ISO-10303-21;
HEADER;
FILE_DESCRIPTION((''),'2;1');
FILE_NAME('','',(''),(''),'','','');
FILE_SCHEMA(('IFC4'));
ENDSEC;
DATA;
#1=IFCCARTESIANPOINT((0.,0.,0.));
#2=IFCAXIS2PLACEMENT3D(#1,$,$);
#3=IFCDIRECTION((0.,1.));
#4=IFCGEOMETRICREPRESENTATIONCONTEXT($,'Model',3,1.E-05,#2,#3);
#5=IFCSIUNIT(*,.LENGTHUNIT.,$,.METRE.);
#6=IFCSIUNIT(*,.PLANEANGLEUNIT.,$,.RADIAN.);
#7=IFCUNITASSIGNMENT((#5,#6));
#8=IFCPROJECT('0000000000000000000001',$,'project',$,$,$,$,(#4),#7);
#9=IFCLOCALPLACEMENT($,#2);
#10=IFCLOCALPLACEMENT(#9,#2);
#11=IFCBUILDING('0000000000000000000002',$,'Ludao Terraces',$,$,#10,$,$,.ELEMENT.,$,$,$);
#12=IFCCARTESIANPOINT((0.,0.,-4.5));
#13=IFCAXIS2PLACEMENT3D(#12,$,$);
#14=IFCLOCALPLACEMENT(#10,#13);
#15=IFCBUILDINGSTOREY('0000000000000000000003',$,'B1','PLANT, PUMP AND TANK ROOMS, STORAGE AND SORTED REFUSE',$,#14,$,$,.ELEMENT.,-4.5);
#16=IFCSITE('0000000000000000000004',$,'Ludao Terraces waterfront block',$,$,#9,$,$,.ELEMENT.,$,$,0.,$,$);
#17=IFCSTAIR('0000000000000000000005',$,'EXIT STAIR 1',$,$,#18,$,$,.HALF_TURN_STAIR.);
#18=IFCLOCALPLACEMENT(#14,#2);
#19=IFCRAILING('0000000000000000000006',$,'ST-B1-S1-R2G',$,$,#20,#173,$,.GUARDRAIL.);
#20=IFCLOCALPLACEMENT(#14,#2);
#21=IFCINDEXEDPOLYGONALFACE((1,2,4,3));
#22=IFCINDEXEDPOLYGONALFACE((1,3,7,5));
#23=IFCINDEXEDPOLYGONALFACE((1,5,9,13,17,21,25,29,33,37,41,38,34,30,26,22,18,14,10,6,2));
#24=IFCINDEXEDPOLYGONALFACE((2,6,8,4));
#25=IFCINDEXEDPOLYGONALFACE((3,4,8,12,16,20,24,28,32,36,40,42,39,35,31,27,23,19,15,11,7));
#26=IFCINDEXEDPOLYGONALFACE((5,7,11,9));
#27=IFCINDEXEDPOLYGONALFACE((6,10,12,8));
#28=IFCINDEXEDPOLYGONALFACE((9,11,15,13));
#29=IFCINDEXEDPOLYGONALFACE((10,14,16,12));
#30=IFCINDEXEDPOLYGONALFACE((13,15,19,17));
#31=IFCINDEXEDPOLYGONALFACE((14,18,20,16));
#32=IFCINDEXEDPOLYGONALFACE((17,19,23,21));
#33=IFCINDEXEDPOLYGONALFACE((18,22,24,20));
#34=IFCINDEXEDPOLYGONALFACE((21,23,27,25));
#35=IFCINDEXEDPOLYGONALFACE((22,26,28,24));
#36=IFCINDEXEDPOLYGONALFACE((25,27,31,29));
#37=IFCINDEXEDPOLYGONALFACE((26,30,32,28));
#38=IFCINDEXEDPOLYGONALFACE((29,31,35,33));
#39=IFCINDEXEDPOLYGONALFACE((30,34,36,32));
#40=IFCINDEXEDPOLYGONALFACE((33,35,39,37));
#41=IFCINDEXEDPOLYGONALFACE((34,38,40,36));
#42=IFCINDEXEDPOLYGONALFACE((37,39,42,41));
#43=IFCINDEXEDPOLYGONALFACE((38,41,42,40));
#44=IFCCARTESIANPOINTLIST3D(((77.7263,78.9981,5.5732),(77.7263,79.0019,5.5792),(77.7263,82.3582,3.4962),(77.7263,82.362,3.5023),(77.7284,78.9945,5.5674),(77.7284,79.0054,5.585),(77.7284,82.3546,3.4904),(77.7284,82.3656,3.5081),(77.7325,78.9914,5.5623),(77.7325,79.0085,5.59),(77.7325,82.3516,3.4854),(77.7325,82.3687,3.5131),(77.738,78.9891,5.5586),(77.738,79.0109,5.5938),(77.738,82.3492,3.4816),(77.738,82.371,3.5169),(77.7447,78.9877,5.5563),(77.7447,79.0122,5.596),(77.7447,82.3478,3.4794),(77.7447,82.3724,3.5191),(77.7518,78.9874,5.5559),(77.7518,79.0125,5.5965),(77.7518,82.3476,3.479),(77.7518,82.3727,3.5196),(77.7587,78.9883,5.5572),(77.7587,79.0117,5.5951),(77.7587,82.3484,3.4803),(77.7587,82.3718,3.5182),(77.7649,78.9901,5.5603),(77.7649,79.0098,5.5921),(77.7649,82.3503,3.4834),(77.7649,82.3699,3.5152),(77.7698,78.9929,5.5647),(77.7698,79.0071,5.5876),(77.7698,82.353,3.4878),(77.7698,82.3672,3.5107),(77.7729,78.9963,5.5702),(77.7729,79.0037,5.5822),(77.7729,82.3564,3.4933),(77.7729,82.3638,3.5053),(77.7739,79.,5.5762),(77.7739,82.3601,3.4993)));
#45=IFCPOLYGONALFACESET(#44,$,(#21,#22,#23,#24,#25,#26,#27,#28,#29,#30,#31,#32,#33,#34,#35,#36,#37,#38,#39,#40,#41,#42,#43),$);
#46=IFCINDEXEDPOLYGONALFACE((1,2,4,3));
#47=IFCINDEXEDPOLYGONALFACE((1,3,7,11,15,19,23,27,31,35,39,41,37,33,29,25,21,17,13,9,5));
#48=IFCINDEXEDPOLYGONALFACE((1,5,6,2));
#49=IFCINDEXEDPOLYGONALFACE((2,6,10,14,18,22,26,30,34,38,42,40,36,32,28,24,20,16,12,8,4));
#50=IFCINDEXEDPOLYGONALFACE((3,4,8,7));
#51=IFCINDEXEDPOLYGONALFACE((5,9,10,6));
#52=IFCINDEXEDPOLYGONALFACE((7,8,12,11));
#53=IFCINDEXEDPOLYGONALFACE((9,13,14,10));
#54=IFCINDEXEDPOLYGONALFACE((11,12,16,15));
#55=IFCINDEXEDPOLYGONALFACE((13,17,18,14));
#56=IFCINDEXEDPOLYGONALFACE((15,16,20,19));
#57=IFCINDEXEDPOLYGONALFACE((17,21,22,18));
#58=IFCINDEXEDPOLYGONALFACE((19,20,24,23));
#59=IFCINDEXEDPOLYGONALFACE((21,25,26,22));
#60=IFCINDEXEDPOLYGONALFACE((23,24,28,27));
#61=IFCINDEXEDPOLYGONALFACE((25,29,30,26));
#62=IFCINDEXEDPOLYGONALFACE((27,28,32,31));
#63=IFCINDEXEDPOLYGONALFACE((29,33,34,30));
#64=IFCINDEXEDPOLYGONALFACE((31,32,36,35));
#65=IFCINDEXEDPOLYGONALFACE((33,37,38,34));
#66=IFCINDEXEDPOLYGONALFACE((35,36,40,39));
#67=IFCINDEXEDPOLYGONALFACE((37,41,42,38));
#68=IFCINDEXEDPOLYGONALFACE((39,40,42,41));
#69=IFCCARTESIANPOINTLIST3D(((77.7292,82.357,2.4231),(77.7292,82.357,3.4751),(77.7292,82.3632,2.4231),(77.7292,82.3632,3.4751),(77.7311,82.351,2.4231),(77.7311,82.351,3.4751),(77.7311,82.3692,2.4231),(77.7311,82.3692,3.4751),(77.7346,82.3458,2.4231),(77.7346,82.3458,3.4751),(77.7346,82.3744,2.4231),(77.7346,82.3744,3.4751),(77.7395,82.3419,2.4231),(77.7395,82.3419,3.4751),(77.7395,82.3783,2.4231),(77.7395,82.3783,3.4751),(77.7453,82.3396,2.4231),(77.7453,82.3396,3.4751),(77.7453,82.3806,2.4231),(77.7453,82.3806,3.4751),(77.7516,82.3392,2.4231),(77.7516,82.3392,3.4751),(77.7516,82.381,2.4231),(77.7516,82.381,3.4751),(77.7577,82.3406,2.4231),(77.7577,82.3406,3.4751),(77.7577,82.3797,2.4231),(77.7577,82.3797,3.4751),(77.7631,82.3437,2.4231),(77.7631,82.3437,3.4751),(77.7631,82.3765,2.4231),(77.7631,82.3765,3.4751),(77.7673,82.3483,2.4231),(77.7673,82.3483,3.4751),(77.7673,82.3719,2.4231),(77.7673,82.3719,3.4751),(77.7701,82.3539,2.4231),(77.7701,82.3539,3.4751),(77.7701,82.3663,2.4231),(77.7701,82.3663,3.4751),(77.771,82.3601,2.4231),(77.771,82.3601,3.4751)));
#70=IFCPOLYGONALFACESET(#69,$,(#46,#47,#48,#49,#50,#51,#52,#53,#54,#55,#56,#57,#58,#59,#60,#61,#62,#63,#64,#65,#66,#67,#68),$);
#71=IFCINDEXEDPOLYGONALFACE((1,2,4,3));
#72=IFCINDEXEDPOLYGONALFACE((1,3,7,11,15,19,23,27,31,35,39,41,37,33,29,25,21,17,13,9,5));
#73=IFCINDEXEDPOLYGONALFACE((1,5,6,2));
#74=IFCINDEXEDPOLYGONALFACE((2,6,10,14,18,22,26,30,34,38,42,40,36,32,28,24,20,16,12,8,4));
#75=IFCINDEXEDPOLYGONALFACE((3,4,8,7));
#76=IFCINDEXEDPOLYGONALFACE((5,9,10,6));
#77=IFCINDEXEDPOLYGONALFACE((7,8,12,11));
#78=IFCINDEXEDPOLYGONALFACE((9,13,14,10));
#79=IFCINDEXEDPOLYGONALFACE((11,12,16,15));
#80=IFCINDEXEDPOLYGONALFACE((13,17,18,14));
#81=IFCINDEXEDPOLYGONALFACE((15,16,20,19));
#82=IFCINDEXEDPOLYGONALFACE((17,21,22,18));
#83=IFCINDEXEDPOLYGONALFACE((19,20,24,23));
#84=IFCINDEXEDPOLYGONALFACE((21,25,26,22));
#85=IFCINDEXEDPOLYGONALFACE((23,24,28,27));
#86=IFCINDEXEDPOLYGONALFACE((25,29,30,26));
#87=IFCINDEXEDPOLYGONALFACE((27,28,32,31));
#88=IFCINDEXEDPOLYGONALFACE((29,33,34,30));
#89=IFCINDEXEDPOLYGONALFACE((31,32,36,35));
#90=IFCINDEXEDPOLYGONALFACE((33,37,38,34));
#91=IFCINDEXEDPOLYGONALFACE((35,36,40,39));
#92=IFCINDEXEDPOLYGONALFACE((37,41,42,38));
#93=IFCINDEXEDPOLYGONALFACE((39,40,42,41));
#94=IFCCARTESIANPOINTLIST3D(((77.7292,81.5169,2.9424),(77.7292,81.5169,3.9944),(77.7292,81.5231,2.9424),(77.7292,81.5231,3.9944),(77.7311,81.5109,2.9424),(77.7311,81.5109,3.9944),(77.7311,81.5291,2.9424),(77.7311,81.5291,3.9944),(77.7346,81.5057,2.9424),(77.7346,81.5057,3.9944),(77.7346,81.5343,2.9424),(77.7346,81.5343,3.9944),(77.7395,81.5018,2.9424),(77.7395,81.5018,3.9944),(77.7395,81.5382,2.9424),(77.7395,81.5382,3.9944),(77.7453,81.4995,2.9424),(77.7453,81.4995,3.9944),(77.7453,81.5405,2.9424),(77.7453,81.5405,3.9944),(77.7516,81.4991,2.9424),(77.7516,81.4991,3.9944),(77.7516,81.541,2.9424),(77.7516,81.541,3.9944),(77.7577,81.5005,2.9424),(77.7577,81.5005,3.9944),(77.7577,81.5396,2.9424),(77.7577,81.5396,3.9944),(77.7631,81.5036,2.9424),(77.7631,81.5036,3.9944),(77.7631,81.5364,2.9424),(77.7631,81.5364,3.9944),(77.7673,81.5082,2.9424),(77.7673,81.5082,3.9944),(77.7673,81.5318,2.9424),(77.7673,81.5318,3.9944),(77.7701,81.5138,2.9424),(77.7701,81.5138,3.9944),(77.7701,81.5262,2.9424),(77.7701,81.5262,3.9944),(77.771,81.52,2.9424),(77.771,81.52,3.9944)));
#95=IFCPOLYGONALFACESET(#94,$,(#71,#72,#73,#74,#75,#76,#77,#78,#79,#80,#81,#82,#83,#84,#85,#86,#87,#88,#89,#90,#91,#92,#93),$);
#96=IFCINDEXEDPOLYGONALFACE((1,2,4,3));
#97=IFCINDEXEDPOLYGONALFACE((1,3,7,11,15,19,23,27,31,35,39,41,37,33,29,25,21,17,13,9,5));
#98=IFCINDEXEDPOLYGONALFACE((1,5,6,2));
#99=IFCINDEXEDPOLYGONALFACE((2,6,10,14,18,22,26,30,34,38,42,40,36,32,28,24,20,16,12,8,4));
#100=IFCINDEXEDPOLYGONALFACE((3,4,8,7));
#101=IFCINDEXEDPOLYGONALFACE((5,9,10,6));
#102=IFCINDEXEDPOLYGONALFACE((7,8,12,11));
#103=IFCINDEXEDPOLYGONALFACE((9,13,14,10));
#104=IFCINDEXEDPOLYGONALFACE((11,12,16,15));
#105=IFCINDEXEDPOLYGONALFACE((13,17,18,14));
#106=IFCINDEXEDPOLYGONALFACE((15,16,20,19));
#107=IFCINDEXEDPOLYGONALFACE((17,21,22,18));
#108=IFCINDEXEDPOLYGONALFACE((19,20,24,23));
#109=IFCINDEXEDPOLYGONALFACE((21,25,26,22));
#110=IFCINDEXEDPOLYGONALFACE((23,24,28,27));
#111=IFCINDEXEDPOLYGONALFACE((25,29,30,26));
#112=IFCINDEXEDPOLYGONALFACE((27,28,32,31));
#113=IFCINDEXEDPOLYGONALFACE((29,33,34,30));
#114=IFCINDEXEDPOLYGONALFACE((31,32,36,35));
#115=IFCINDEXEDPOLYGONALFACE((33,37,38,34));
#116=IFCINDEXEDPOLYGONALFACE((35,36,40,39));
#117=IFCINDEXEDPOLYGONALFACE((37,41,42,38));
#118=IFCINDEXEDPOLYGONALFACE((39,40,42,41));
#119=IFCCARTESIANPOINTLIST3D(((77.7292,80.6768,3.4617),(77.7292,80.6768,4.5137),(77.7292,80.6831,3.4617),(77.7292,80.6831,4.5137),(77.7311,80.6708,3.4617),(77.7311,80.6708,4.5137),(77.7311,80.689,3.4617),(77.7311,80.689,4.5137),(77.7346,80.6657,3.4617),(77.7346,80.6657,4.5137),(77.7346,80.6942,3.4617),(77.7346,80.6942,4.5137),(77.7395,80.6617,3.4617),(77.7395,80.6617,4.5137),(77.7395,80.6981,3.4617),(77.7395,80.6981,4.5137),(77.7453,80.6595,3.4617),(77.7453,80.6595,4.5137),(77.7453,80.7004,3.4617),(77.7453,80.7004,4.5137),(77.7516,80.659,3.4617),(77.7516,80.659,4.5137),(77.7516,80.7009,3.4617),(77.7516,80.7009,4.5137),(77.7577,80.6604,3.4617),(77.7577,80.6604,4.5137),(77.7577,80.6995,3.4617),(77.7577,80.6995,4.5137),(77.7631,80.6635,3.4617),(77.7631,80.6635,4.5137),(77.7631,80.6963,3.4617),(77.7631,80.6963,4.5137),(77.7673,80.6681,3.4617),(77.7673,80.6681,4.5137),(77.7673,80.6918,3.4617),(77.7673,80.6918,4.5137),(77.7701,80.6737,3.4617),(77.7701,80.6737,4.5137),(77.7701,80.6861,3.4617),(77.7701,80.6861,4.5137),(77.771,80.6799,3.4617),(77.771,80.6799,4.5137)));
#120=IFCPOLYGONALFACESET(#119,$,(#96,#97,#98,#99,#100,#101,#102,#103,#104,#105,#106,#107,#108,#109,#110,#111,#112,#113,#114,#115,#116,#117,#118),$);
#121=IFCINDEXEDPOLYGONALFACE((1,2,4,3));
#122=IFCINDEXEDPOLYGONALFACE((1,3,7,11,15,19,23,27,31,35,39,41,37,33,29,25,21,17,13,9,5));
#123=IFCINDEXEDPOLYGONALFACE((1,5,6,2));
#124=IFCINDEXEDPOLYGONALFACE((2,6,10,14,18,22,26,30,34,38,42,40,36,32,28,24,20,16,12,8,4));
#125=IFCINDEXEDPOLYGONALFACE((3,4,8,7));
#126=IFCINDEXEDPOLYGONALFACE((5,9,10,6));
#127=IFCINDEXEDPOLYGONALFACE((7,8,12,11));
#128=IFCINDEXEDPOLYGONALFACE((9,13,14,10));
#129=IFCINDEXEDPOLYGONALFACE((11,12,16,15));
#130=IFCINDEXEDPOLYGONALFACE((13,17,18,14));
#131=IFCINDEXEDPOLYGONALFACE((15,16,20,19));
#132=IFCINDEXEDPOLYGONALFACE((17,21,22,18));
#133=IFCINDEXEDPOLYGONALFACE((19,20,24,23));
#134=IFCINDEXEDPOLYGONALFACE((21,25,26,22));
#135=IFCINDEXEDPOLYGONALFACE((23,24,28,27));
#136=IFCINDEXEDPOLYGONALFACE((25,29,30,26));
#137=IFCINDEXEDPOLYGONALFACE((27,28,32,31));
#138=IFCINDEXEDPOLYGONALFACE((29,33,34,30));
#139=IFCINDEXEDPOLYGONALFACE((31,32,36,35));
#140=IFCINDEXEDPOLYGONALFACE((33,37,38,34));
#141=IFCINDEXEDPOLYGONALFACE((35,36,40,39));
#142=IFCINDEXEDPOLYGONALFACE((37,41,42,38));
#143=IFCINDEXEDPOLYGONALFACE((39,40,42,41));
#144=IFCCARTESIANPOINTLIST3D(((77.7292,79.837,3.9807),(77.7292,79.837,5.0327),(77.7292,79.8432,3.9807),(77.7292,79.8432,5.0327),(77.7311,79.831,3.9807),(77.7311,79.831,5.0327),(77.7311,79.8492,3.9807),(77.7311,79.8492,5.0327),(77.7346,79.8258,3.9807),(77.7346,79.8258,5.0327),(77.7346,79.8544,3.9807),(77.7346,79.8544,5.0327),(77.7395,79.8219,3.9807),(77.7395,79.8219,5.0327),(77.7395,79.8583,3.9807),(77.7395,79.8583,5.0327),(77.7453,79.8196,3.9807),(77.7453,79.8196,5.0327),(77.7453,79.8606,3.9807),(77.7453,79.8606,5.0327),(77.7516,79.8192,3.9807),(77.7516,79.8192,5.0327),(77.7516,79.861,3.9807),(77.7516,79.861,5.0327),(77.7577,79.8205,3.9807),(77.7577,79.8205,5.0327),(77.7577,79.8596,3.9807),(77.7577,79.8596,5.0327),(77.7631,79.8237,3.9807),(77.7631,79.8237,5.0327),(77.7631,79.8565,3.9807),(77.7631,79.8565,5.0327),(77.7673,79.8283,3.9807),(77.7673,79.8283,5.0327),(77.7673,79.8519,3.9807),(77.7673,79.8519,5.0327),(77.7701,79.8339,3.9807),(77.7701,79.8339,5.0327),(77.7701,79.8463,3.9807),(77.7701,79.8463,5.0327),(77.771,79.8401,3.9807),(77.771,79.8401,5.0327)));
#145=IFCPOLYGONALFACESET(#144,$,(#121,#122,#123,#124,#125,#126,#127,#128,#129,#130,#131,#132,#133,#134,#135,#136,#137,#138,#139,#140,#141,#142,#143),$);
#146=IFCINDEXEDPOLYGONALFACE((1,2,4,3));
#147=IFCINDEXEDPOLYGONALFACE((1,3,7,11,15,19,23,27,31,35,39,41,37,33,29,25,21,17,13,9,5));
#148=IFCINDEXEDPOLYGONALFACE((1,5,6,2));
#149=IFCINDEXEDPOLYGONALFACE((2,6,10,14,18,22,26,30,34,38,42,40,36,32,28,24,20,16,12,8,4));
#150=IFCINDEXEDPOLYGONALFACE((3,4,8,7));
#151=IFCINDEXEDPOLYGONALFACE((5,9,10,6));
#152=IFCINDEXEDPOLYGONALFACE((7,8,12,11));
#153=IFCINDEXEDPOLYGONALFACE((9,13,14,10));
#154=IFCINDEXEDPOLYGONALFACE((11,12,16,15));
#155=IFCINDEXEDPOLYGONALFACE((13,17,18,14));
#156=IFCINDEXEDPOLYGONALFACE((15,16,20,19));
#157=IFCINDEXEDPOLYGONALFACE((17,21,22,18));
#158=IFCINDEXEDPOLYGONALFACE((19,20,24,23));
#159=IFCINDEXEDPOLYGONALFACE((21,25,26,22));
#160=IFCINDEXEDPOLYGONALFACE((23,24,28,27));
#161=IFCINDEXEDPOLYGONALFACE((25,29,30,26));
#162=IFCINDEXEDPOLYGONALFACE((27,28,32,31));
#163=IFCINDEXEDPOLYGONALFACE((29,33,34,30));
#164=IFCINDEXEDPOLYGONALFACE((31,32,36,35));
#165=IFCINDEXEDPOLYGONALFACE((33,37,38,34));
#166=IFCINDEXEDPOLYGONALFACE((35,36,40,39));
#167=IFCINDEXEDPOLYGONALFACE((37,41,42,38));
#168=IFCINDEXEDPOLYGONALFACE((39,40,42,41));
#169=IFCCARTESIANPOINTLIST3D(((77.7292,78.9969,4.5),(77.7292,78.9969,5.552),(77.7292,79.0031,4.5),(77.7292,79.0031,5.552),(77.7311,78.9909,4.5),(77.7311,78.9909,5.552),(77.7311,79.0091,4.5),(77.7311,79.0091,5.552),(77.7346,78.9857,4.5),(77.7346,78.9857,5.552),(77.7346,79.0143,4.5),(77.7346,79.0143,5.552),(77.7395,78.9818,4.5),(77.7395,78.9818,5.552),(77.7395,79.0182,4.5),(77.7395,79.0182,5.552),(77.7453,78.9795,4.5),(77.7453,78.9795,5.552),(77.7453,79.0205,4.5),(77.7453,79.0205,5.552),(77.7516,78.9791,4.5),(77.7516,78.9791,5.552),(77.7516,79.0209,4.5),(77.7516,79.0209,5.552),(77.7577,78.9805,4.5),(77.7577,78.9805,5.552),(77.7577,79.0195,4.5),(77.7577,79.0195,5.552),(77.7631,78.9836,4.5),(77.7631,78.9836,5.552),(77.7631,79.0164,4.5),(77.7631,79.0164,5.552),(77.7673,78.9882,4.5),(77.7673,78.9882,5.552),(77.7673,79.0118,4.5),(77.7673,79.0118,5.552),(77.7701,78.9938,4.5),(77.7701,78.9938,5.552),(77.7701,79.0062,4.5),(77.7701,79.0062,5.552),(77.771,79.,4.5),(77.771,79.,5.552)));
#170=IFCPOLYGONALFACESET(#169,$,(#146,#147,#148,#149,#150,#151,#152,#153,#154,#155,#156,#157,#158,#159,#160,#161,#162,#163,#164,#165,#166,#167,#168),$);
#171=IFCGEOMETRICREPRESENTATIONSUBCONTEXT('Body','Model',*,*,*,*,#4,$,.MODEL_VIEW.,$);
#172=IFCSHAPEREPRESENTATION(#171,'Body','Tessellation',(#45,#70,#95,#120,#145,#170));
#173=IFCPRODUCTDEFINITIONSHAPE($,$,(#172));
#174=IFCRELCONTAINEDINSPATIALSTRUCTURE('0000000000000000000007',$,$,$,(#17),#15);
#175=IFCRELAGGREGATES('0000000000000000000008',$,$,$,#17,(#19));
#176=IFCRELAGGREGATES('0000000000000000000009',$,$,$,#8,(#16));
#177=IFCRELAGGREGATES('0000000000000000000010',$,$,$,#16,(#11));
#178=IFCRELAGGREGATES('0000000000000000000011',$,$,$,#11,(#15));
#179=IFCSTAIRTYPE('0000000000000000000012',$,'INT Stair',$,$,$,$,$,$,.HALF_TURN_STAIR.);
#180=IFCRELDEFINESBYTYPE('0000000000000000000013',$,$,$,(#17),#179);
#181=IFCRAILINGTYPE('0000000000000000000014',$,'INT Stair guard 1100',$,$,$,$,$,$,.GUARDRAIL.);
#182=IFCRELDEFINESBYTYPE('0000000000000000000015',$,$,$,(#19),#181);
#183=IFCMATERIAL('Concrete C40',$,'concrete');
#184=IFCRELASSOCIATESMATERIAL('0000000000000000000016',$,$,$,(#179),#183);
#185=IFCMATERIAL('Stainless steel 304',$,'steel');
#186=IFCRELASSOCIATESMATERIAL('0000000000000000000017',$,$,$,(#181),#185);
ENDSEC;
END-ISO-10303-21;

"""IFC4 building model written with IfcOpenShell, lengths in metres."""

from ifc_helpers import new_model, si_unit, direction, frame, origin, origin_2d, place, context, subcontext, project, spatial, circle, extrude, material, type_object, element, aggregate, save


model = new_model("IFC4")

# Units and contexts
model_context = context("Model", 3, precision=1e-05, world=origin(), true_north=direction((0.0, 1.0)))
body_context = subcontext(model_context, "Body", "Model", "MODEL_VIEW")
ifc_project = project(units=[si_unit("LENGTHUNIT", "METRE"), si_unit("PLANEANGLEUNIT", "RADIAN")], contexts=[model_context])

# Site, building, storey
site_placement = place(None, origin())
site = spatial("IfcSite", under=ifc_project, at=site_placement, Name="Ludao Terraces waterfront block", CompositionType="ELEMENT", RefElevation=0.0)
building_placement = place(site_placement, origin())
building = spatial("IfcBuilding", under=site, at=building_placement, Name="Ludao Terraces", CompositionType="ELEMENT")
storey_placement = place(building_placement, frame((0.0, 0.0, -4.5)))
storey = spatial("IfcBuildingStorey", under=building, at=storey_placement, Name="B1", Description="PLANT, PUMP AND TANK ROOMS, STORAGE AND SORTED REFUSE", CompositionType="ELEMENT", Elevation=-4.5)

# Shared definitions
ifc_material_1 = material(Name="Stainless steel 304", Category="steel")

# Stair, railing
ifc_material_2 = material(Name="Concrete C40", Category="concrete")
stair_type = type_object("IfcStairType", Name="INT Stair", PredefinedType="HALF_TURN_STAIR", material=ifc_material_2)
stair_placement = place(storey_placement, origin())
stair = element("IfcStair", 1, at=stair_placement, inside=storey, type_object=stair_type, Name="EXIT STAIR 1", PredefinedType="HALF_TURN_STAIR")
railing_type_1 = type_object("IfcRailingType", Name="INT Stair guard 1100", PredefinedType="GUARDRAIL", material=ifc_material_1)
railing_1_placement = place(storey_placement, frame((77.75, 82.3601, 2.4231)))
railing_1 = element("IfcRailing", 2, at=railing_1_placement, type_object=railing_type_1, Name="ST-B1-S1-R2G", PredefinedType="GUARDRAIL", context=body_context, shape_type="SweptSolid", body=[
    extrude(circle(Radius=0.0239, at=origin_2d()), frame((0.0, 0.0, 1.0762), z_axis=(0.0, -0.850623, 0.525776), x_axis=(1.0, 0.0, 0.0)), (0.0, 0.0, 1.0), 3.9502),
    extrude(circle(Radius=0.021, at=origin_2d()), origin(), (0.0, 0.0, 1.0), 1.052),
    extrude(circle(Radius=0.021, at=origin_2d()), frame((0.0, -0.8401, 0.5193)), (0.0, 0.0, 1.0), 1.052),
    extrude(circle(Radius=0.021, at=origin_2d()), frame((0.0, -1.6802, 1.0386)), (0.0, 0.0, 1.0), 1.052),
    extrude(circle(Radius=0.021, at=origin_2d()), frame((0.0, -2.52, 1.5576)), (0.0, 0.0, 1.0), 1.052),
    extrude(circle(Radius=0.021, at=origin_2d()), frame((0.0, -3.3601, 2.0769)), (0.0, 0.0, 1.0), 1.052),
])
aggregate(stair, [railing_1])

save(model, "model.ifc")
